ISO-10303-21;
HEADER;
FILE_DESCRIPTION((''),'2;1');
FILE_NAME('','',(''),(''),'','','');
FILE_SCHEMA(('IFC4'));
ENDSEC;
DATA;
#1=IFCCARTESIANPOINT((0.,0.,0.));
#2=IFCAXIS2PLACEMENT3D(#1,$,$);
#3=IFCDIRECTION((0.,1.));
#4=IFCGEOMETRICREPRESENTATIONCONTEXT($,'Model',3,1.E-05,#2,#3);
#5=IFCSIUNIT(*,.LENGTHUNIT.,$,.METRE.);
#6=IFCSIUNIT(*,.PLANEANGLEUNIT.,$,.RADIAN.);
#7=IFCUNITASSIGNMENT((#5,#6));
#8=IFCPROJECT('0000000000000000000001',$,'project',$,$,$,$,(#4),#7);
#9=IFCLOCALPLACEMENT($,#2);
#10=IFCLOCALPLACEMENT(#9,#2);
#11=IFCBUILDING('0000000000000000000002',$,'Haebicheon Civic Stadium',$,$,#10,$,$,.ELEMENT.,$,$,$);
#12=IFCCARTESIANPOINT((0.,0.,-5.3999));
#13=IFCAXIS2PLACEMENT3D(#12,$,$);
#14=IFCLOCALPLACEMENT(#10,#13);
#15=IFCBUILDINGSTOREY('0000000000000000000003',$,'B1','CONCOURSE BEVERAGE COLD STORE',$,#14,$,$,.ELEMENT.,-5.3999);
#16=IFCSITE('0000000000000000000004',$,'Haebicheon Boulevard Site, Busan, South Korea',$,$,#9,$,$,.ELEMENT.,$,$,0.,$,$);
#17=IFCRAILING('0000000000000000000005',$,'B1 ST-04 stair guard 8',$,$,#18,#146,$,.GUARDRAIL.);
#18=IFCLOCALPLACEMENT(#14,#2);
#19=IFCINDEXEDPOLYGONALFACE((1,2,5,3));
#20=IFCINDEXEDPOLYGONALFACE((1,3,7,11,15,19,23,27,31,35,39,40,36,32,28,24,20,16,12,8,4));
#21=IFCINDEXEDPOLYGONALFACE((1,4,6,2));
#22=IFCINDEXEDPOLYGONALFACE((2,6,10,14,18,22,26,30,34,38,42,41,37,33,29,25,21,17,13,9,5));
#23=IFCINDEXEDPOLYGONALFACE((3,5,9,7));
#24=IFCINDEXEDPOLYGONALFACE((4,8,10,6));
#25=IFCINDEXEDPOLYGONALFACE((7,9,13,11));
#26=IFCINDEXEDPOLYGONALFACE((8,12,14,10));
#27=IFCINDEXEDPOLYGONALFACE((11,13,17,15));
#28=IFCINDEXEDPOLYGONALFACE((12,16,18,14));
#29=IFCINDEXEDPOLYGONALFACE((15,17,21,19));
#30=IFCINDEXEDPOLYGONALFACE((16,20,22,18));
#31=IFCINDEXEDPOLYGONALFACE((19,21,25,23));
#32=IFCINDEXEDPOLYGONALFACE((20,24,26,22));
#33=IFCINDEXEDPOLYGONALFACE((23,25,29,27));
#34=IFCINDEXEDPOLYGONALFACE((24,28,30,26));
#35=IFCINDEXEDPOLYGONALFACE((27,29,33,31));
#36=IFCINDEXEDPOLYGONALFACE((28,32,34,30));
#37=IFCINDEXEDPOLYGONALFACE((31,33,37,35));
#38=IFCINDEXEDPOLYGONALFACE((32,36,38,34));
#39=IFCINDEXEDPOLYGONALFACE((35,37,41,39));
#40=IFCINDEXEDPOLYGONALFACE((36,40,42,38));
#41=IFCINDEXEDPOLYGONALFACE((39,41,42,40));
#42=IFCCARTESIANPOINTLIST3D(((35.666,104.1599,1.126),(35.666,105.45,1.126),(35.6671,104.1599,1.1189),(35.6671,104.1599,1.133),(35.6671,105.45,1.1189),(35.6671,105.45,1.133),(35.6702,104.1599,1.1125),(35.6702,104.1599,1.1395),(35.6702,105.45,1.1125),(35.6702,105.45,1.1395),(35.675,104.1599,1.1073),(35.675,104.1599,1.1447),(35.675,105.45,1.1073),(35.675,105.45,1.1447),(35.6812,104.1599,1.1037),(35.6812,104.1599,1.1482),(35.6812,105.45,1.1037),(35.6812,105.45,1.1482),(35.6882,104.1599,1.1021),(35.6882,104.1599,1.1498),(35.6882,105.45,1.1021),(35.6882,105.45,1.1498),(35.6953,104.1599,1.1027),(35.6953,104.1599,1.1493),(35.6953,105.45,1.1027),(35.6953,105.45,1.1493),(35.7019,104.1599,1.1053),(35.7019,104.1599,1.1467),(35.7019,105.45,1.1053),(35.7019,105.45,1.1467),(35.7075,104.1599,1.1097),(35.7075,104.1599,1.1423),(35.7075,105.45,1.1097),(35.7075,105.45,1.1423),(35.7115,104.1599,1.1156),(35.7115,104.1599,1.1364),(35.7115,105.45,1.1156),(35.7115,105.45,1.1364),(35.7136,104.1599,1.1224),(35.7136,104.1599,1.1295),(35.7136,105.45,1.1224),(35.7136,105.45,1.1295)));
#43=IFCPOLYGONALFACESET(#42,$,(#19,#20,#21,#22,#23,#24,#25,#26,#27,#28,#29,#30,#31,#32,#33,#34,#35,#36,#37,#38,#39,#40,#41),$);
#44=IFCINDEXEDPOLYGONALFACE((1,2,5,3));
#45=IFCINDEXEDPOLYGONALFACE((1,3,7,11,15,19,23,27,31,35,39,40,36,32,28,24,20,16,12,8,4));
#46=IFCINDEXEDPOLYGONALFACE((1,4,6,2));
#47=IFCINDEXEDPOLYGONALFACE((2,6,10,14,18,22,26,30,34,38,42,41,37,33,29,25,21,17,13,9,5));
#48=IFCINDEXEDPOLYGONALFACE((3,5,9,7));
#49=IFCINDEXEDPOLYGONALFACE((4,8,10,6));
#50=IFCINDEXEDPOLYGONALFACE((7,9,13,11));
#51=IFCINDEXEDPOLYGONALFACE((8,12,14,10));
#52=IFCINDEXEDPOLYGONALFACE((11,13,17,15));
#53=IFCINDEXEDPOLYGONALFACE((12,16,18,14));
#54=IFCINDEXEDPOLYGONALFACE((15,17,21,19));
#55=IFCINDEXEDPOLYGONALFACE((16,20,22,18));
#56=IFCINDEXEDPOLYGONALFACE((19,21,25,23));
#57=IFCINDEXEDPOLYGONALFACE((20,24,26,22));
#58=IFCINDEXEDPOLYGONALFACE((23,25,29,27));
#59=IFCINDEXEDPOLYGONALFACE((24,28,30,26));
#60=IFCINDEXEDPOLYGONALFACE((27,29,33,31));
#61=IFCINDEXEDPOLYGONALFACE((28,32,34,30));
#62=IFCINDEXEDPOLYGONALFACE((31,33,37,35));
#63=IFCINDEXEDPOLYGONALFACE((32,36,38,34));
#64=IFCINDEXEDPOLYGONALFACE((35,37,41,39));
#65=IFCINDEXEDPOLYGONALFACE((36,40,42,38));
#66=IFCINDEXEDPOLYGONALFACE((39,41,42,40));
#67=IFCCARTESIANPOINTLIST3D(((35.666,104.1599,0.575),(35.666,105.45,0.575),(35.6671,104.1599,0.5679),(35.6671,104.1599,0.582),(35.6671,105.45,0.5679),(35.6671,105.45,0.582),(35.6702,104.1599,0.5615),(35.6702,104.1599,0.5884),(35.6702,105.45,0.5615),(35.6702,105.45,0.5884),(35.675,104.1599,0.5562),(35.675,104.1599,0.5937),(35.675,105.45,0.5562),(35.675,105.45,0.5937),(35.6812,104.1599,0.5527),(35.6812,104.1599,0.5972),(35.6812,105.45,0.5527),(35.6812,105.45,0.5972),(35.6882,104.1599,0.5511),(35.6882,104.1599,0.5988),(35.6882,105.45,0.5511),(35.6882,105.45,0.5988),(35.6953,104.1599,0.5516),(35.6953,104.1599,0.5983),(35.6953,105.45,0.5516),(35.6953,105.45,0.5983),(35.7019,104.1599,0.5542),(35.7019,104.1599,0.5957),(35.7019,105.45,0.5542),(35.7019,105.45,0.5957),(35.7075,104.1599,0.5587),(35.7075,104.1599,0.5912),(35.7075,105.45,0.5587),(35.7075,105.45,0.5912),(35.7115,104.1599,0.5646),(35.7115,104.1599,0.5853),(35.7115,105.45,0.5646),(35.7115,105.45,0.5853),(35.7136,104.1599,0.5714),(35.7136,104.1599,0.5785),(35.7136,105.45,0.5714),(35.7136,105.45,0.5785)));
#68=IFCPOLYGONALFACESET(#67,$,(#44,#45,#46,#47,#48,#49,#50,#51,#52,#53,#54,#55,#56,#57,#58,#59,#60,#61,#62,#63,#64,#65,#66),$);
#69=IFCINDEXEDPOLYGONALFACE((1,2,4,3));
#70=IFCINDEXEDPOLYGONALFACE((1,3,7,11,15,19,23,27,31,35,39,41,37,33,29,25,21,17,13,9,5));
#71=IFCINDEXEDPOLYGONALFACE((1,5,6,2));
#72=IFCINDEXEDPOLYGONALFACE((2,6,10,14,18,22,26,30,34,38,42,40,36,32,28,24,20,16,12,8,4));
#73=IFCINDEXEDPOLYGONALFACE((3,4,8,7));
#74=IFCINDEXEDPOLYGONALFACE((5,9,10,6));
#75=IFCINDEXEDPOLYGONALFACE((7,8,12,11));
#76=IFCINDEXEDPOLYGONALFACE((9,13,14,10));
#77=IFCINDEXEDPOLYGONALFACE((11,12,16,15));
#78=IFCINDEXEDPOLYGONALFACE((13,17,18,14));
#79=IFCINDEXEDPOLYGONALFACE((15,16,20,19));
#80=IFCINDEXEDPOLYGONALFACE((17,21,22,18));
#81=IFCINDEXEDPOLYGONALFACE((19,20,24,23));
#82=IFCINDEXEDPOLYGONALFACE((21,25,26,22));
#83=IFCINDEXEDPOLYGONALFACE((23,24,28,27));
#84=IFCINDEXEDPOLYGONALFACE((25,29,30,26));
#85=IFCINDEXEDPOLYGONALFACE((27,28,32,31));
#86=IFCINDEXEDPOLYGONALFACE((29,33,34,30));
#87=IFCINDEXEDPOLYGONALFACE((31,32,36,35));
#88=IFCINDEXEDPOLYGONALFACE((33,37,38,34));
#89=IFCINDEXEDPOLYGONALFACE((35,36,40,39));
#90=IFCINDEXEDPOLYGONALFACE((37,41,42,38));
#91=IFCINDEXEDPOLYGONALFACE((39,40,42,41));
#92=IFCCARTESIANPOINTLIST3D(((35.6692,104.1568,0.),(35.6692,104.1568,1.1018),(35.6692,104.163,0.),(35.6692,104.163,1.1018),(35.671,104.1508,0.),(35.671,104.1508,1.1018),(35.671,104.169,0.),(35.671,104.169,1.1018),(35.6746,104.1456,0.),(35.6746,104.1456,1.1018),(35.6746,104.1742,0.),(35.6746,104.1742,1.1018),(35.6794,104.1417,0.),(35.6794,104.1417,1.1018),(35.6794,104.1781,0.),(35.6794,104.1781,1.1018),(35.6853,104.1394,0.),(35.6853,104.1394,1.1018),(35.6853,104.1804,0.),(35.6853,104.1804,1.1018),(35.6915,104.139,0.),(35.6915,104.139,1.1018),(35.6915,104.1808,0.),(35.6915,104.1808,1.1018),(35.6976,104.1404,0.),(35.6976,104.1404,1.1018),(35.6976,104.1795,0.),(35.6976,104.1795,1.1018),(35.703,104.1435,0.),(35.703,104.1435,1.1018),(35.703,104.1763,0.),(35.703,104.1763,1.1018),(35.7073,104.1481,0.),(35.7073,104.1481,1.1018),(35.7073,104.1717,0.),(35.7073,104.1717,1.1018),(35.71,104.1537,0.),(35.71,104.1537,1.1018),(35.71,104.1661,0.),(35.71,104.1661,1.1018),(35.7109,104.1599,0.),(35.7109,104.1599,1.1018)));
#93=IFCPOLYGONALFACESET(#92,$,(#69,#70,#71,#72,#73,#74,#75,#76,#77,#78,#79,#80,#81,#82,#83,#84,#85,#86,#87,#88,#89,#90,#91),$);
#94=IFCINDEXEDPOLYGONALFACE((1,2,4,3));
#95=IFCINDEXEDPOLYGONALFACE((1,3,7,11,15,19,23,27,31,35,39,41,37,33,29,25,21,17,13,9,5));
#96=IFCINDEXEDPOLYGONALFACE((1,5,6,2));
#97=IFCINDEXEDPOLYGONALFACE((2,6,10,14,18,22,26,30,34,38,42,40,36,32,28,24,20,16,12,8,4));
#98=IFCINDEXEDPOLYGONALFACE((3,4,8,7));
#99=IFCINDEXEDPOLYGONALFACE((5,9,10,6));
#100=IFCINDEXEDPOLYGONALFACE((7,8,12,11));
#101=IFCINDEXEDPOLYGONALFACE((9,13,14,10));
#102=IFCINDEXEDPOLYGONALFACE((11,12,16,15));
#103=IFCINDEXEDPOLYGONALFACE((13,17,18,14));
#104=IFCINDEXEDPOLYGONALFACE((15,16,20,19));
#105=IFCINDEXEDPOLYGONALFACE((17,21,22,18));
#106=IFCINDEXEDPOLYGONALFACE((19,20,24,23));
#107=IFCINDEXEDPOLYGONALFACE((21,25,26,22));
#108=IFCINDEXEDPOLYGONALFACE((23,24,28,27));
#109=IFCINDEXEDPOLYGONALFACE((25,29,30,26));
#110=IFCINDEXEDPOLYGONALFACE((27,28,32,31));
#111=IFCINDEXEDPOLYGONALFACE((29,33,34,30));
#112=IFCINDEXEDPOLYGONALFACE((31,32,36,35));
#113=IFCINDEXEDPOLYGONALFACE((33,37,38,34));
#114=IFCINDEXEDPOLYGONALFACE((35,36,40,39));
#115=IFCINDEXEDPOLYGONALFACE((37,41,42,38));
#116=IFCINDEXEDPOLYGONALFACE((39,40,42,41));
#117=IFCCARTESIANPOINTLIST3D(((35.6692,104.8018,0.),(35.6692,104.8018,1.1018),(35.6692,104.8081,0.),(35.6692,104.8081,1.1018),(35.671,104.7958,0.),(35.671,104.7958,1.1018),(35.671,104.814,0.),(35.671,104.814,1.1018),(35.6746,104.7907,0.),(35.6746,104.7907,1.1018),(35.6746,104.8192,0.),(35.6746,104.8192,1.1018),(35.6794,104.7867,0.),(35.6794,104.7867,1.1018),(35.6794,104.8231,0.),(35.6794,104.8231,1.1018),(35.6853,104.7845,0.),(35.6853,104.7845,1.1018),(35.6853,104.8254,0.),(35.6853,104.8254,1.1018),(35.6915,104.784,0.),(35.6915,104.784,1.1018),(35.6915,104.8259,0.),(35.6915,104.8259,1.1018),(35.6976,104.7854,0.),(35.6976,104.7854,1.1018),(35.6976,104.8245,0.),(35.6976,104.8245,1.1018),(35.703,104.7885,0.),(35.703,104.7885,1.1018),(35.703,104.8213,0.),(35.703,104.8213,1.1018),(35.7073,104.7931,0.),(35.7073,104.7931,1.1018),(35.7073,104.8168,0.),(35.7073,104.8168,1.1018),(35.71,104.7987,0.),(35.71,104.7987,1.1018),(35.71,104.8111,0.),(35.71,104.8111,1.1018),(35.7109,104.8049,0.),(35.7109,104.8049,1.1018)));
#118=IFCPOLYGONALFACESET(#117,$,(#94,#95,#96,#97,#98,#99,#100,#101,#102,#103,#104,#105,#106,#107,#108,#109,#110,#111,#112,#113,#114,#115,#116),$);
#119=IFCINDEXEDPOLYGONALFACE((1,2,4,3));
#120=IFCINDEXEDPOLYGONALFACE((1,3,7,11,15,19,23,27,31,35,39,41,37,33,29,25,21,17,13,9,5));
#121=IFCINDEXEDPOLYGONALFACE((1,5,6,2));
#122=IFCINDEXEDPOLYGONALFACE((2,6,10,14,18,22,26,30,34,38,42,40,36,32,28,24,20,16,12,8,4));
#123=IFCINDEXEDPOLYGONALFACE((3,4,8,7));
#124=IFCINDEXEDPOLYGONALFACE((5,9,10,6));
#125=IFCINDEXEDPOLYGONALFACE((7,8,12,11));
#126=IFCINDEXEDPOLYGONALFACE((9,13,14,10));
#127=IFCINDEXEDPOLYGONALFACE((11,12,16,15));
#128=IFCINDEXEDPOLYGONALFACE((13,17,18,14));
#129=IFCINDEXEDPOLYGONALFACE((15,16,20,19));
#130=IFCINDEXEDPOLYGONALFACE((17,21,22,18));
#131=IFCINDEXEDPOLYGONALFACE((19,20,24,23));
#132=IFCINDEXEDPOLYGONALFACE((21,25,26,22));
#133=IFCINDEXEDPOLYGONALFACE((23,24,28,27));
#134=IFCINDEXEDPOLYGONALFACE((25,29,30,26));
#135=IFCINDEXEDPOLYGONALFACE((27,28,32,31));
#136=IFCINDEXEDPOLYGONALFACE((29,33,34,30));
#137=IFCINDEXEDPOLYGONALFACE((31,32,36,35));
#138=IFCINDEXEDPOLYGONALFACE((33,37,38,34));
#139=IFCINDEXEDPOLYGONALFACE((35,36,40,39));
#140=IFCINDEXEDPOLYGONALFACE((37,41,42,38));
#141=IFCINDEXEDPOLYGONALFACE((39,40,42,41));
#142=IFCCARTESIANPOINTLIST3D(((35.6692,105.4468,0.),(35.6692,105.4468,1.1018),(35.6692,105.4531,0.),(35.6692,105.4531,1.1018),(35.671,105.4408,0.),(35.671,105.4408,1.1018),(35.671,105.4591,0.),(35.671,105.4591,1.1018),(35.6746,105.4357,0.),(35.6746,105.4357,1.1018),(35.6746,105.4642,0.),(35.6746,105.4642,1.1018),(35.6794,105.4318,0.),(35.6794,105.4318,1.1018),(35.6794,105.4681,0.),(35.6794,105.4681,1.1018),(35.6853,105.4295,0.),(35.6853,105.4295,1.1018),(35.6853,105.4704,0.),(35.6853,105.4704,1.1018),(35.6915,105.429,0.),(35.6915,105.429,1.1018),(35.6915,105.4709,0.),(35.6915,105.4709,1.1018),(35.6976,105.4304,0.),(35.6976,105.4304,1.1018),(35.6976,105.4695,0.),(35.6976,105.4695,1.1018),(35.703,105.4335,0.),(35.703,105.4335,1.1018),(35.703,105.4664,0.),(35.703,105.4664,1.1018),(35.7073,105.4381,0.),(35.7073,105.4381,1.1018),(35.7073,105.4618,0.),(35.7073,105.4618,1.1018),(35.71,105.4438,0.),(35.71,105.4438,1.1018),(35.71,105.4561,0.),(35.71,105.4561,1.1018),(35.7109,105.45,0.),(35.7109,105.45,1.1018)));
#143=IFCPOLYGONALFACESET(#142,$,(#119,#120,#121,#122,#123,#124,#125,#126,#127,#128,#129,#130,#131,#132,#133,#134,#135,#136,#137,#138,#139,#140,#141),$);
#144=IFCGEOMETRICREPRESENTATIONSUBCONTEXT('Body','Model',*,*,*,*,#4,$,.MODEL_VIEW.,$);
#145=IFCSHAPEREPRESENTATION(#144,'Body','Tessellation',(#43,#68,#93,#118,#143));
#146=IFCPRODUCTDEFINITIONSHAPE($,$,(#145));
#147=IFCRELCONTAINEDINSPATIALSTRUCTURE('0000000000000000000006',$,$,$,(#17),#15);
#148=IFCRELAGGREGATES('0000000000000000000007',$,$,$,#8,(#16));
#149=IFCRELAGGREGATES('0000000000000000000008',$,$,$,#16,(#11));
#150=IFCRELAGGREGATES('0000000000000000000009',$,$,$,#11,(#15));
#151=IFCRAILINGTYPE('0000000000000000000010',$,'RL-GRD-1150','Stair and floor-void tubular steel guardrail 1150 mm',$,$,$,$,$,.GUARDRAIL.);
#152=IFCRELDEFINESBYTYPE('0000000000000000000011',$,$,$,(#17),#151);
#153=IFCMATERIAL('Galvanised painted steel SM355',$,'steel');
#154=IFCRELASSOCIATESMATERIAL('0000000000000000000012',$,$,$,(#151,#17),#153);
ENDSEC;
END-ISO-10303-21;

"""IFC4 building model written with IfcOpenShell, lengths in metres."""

from ifc_helpers import new_model, si_unit, direction, frame, origin, origin_2d, place, context, subcontext, project, spatial, circle, extrude, material, type_object, element, save


model = new_model("IFC4")

# Units and contexts
model_context = context("Model", 3, precision=1e-05, world=origin(), true_north=direction((0.0, 1.0)))
body_context = subcontext(model_context, "Body", "Model", "MODEL_VIEW")
ifc_project = project(units=[si_unit("LENGTHUNIT", "METRE"), si_unit("PLANEANGLEUNIT", "RADIAN")], contexts=[model_context])

# Site, building, storey
site_placement = place(None, origin())
site = spatial("IfcSite", under=ifc_project, at=site_placement, Name="Haebicheon Boulevard Site, Busan, South Korea", CompositionType="ELEMENT", RefElevation=0.0)
building_placement = place(site_placement, origin())
building = spatial("IfcBuilding", under=site, at=building_placement, Name="Haebicheon Civic Stadium", CompositionType="ELEMENT")
storey_placement = place(building_placement, frame((0.0, 0.0, -5.3999)))
storey = spatial("IfcBuildingStorey", under=building, at=storey_placement, Name="B1", Description="CONCOURSE BEVERAGE COLD STORE", CompositionType="ELEMENT", Elevation=-5.3999)

# Railing
ifc_material_1 = material(Name="Galvanised painted steel SM355", Category="steel")
railing_type_1 = type_object("IfcRailingType", Name="RL-GRD-1150", Description="Stair and floor-void tubular steel guardrail 1150 mm", PredefinedType="GUARDRAIL", material=ifc_material_1)
for number, where, name in (
    (1, (35.6899, 104.1599, 0.0), "B1 ST-04 stair guard 8"),
):
    element("IfcRailing", number, at=place(storey_placement, frame(where)), inside=storey, type_object=railing_type_1, material=ifc_material_1, Name=name, PredefinedType="GUARDRAIL", context=body_context, shape_type="SweptSolid", body=[
        extrude(circle(Radius=0.0239, at=origin_2d()), frame((0.0, 0.0, 1.126), z_axis=(0.0, 1.0, 0.0), x_axis=(-1.0, 0.0, 0.0)), (0.0, 0.0, 1.0), 1.29),
        extrude(circle(Radius=0.0239, at=origin_2d()), frame((0.0, 0.0, 0.575), z_axis=(0.0, 1.0, 0.0), x_axis=(-1.0, 0.0, 0.0)), (0.0, 0.0, 1.0), 1.29),
        extrude(circle(Radius=0.021, at=origin_2d()), origin(), (0.0, 0.0, 1.0), 1.1018),
        extrude(circle(Radius=0.021, at=origin_2d()), frame((0.0, 0.645, 0.0)), (0.0, 0.0, 1.0), 1.1018),
        extrude(circle(Radius=0.021, at=origin_2d()), frame((0.0, 1.29, 0.0)), (0.0, 0.0, 1.0), 1.1018),
    ])

save(model, "model.ifc")
